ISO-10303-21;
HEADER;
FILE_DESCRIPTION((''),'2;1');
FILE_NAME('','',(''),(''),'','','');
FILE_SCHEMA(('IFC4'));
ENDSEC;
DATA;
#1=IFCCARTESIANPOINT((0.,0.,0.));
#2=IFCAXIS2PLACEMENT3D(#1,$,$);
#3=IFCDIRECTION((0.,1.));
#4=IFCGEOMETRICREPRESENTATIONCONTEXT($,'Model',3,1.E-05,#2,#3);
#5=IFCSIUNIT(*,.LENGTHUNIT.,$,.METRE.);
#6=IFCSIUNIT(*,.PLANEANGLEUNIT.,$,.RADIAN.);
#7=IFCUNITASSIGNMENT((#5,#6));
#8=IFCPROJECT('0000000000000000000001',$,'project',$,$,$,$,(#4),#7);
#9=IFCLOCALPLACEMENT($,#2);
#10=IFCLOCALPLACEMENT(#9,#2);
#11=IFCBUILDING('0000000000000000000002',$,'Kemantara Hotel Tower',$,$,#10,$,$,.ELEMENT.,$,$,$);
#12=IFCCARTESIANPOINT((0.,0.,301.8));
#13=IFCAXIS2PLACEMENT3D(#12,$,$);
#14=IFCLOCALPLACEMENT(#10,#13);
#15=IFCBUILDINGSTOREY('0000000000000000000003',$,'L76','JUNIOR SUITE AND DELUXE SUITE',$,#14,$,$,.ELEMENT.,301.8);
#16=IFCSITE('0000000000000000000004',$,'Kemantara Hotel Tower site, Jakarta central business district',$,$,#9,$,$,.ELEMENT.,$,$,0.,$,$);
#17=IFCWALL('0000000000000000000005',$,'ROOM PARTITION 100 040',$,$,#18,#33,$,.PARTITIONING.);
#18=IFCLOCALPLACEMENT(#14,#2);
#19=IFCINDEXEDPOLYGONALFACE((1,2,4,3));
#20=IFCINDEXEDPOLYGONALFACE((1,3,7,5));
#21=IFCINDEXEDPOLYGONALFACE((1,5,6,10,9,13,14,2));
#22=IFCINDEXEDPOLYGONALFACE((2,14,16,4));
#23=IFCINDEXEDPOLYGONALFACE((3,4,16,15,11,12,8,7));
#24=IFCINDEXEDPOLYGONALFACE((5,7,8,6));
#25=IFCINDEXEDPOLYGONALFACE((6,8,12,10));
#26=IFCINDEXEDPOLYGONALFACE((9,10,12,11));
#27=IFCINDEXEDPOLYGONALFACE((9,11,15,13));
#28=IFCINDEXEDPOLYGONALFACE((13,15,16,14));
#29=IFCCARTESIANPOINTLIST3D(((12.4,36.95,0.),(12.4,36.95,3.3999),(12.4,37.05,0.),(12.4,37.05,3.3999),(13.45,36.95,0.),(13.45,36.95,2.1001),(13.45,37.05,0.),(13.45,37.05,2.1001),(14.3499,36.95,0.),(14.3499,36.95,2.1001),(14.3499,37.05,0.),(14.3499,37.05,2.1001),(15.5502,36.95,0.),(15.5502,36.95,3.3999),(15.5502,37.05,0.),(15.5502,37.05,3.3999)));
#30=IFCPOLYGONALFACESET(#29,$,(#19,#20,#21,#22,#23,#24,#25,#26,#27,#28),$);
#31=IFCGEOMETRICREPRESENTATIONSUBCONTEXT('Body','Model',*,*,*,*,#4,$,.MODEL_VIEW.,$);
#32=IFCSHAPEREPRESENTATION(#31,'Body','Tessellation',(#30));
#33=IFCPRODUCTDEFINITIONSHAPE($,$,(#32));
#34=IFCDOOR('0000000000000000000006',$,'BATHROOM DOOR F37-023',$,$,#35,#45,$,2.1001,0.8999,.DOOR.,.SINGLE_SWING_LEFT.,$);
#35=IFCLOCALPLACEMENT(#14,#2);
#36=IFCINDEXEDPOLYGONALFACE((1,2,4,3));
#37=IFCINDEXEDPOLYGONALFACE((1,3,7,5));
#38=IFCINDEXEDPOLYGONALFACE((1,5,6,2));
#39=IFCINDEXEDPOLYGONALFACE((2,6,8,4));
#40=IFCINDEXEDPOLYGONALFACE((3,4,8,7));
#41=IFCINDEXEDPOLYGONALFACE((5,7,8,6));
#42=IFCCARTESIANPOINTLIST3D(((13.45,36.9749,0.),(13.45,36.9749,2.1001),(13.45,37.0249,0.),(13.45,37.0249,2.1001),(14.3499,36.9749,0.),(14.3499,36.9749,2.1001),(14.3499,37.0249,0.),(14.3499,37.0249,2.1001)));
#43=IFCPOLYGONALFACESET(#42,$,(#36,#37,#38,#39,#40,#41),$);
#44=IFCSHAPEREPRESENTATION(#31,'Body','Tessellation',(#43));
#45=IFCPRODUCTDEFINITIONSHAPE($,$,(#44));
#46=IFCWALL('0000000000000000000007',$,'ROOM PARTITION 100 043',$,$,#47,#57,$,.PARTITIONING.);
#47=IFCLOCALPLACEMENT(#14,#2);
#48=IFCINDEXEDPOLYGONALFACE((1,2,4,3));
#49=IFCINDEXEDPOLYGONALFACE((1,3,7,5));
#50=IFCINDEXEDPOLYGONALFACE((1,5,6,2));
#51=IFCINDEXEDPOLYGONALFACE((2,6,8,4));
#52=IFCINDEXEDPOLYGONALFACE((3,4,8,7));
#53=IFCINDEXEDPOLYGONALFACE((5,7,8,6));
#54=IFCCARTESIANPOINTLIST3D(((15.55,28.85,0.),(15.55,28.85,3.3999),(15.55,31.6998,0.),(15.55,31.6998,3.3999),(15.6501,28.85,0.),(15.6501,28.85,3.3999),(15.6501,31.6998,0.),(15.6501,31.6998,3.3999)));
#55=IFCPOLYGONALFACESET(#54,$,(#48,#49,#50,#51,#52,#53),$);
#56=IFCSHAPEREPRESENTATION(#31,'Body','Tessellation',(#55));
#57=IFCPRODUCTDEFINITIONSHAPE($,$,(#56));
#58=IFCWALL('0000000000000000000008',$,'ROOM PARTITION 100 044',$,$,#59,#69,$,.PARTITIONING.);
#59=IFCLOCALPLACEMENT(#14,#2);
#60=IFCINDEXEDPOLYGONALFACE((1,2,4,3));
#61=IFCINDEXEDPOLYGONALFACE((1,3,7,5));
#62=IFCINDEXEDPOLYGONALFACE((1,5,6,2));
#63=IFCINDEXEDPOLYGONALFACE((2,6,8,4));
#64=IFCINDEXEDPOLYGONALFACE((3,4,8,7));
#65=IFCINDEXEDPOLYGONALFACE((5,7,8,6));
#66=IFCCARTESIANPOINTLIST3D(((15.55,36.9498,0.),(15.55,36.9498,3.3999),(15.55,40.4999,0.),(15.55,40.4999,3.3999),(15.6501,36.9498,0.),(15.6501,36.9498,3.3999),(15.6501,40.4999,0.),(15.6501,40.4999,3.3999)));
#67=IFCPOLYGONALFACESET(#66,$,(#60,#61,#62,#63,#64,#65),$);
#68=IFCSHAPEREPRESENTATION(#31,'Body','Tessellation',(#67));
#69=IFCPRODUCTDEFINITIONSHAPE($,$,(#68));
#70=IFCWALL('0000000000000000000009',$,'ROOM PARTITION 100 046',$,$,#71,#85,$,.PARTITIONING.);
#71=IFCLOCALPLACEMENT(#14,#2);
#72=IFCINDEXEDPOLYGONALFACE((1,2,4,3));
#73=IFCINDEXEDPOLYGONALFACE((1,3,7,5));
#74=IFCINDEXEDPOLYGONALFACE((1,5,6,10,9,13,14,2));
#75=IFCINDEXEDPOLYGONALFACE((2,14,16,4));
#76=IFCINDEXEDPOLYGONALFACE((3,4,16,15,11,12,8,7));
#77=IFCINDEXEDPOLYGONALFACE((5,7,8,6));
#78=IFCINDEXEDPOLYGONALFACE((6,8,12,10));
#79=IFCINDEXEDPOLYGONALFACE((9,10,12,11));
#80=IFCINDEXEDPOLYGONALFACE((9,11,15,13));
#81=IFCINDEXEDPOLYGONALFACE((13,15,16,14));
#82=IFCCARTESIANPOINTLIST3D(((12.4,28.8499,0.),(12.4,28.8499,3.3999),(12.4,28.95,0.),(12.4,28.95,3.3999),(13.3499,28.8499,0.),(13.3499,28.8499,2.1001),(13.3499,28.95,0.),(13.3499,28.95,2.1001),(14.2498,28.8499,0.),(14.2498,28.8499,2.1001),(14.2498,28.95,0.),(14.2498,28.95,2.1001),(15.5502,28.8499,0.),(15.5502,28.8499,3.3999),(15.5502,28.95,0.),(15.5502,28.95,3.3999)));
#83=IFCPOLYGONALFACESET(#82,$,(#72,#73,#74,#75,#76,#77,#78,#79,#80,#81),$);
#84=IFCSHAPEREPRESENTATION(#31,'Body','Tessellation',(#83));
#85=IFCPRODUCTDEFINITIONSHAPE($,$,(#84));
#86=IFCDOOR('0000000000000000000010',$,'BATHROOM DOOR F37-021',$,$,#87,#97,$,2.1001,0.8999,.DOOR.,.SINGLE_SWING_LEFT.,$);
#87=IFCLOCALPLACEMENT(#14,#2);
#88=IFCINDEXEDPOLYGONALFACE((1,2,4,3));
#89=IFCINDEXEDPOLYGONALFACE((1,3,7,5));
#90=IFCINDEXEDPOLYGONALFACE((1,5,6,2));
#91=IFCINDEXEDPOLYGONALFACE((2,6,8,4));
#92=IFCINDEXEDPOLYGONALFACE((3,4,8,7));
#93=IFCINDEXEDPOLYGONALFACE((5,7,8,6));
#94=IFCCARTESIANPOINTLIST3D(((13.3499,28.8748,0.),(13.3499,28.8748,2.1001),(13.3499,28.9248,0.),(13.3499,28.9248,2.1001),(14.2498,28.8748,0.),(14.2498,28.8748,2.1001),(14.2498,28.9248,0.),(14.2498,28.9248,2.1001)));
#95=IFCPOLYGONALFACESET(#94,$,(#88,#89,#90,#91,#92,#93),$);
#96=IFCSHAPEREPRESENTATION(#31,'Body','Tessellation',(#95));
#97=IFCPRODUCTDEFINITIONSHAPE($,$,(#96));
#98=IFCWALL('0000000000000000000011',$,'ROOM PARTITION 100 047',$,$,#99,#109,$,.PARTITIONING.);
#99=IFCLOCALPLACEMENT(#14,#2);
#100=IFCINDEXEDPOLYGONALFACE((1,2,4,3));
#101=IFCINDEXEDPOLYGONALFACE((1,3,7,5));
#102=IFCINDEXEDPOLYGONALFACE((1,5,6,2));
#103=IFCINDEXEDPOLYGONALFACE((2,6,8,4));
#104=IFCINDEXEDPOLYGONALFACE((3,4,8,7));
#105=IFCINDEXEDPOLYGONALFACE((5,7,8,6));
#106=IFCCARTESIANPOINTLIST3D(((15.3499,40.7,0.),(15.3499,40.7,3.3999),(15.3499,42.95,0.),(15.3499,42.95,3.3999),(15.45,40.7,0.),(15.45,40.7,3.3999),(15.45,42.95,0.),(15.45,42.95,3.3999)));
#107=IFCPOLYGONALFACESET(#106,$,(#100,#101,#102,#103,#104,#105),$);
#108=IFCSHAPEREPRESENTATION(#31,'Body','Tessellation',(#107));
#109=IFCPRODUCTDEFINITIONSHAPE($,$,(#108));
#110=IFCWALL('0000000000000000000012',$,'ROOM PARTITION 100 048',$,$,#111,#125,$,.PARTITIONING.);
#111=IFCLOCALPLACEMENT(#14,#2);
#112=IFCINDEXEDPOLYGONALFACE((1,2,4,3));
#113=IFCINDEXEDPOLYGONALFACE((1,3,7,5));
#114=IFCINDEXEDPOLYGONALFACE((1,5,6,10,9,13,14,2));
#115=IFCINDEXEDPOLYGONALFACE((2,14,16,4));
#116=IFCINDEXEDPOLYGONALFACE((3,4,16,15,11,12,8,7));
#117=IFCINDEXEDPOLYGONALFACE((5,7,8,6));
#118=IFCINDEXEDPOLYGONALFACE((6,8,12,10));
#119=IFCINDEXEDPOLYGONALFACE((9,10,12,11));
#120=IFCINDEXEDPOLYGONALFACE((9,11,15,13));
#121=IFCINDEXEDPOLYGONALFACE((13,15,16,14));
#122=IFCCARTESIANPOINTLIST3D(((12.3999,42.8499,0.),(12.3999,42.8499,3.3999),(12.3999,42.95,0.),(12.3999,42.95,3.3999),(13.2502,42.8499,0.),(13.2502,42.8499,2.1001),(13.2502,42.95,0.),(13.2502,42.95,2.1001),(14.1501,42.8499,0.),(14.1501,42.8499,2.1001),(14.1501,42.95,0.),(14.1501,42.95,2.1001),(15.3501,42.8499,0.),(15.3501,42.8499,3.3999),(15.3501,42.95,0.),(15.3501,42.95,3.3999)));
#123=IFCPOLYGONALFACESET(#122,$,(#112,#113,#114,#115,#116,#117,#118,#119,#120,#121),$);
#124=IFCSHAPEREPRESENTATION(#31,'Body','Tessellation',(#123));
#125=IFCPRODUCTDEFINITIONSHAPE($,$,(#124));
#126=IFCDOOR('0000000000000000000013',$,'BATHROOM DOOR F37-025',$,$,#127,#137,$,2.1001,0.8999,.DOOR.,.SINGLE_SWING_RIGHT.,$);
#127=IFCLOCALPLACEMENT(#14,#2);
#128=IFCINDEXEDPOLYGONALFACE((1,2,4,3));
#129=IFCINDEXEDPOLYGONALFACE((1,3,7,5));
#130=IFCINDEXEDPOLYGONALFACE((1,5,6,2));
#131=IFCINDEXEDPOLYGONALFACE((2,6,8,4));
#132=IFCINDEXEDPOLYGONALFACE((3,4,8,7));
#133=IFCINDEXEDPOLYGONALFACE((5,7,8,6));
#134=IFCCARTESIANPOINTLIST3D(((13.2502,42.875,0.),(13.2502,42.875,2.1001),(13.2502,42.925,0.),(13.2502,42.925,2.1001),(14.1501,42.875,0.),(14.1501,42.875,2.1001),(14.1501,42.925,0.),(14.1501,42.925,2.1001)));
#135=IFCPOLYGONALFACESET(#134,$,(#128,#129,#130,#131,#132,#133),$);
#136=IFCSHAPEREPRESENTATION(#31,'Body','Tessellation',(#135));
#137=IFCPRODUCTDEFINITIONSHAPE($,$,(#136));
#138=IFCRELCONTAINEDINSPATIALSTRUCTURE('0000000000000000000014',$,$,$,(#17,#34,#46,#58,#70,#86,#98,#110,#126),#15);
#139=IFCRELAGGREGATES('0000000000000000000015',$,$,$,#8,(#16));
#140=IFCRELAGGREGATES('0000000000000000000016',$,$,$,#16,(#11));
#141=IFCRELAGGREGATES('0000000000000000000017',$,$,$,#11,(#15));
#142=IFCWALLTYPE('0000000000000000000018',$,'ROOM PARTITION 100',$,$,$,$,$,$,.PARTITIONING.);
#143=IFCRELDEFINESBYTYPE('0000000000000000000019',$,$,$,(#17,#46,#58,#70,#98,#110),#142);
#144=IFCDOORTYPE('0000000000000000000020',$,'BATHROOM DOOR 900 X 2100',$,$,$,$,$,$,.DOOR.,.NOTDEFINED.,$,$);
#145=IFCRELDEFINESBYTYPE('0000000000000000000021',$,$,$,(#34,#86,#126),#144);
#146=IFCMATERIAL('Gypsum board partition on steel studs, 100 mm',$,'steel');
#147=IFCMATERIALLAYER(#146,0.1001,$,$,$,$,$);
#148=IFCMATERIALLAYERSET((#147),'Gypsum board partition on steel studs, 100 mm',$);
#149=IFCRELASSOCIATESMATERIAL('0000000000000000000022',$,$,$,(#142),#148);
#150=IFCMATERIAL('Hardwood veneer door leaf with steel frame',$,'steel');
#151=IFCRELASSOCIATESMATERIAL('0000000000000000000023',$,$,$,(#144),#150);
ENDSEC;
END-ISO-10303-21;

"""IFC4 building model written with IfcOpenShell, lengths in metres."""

from ifc_helpers import new_model, si_unit, direction, frame, frame_2d, origin, place, context, subcontext, project, spatial, rectangle, extrude, material, layer, layer_set, type_object, element, fill, save


model = new_model("IFC4")

# Units and contexts
model_context = context("Model", 3, precision=1e-05, world=origin(), true_north=direction((0.0, 1.0)))
body_context = subcontext(model_context, "Body", "Model", "MODEL_VIEW")
ifc_project = project(units=[si_unit("LENGTHUNIT", "METRE"), si_unit("PLANEANGLEUNIT", "RADIAN")], contexts=[model_context])

# Site, building, storey
site_placement = place(None, origin())
site = spatial("IfcSite", under=ifc_project, at=site_placement, Name="Kemantara Hotel Tower site, Jakarta central business district", CompositionType="ELEMENT", RefElevation=0.0)
building_placement = place(site_placement, origin())
building = spatial("IfcBuilding", under=site, at=building_placement, Name="Kemantara Hotel Tower", CompositionType="ELEMENT")
storey_placement = place(building_placement, frame((0.0, 0.0, 301.8)))
storey = spatial("IfcBuildingStorey", under=building, at=storey_placement, Name="L76", Description="JUNIOR SUITE AND DELUXE SUITE", CompositionType="ELEMENT", Elevation=301.8)

# Shared definitions
ifc_material_1 = material(Name="Hardwood veneer door leaf with steel frame", Category="steel")

# Wall, opening, door
ifc_material_2 = material(Name="Gypsum board partition on steel studs, 100 mm", Category="steel")
ifc_layer_1 = layer(ifc_material_2, 0.1001)
ifc_layer_set_1 = layer_set([ifc_layer_1], Name="Gypsum board partition on steel studs, 100 mm")
wall_type_1 = type_object("IfcWallType", Name="ROOM PARTITION 100", PredefinedType="PARTITIONING", material=ifc_layer_set_1)
wall_1_placement = place(storey_placement, frame((12.3999, 37.0, 0.0), z_axis=(0.0, 0.0, 1.0), x_axis=(1.0, 0.0, 0.0)))
wall_1 = element("IfcWall", 1, at=wall_1_placement, inside=storey, type_object=wall_type_1, Name="ROOM PARTITION 100 040", PredefinedType="PARTITIONING", context=body_context, shape_type="SweptSolid", body=[
    extrude(rectangle(XDim=3.1501, YDim=0.1001, at=frame_2d((1.5752, 0.0))), origin(), (0.0, 0.0, 1.0), 3.3999),
])
opening_1_placement = place(wall_1_placement, frame((1.05, 0.0, 0.0)))
opening_1 = element("IfcOpeningElement", 2, at=opening_1_placement, cuts=wall_1, PredefinedType="OPENING", context=body_context, shape_type="SweptSolid", body=[
    extrude(rectangle(XDim=0.8999, YDim=2.1001, at=frame_2d((0.45, 1.05))), frame((0.0, 0.0601, 0.0), z_axis=(0.0, -1.0, 0.0), x_axis=(1.0, 0.0, 0.0)), (0.0, 0.0, 1.0), 0.1201),
])
door_type_1 = type_object("IfcDoorType", Name="BATHROOM DOOR 900 X 2100", OperationType="NOTDEFINED", PredefinedType="DOOR", material=ifc_material_1)
door_1_placement = place(opening_1_placement, origin())
door_1 = element("IfcDoor", 3, at=door_1_placement, inside=storey, type_object=door_type_1, Name="BATHROOM DOOR F37-023", OperationType="SINGLE_SWING_LEFT", OverallHeight=2.1001, OverallWidth=0.8999, PredefinedType="DOOR", context=body_context, shape_type="SweptSolid", body=[
    extrude(rectangle(XDim=0.8999, YDim=2.1001, at=frame_2d((0.45, 1.05))), frame((0.0, 0.0249, 0.0), z_axis=(0.0, -1.0, 0.0), x_axis=(1.0, 0.0, 0.0)), (0.0, 0.0, 1.0), 0.05),
])
fill(opening_1, door_1)

# Walls
wall_2_placement = place(storey_placement, frame((15.6001, 28.8501, 0.0), z_axis=(0.0, 0.0, 1.0), x_axis=(0.0, 1.0, 0.0)))
element("IfcWall", 4, at=wall_2_placement, inside=storey, type_object=wall_type_1, Name="ROOM PARTITION 100 043", PredefinedType="PARTITIONING", context=body_context, shape_type="SweptSolid", body=[
    extrude(rectangle(XDim=2.8499, YDim=0.1001, at=frame_2d((1.4248, 0.0))), origin(), (0.0, 0.0, 1.0), 3.3999),
])
wall_3_placement = place(storey_placement, frame((15.6001, 36.95, 0.0), z_axis=(0.0, 0.0, 1.0), x_axis=(0.0, 1.0, 0.0)))
element("IfcWall", 5, at=wall_3_placement, inside=storey, type_object=wall_type_1, Name="ROOM PARTITION 100 044", PredefinedType="PARTITIONING", context=body_context, shape_type="SweptSolid", body=[
    extrude(rectangle(XDim=3.55, YDim=0.1001, at=frame_2d((1.7749, 0.0))), origin(), (0.0, 0.0, 1.0), 3.3999),
])

# Wall, opening, door
wall_4_placement = place(storey_placement, frame((12.3999, 28.8999, 0.0), z_axis=(0.0, 0.0, 1.0), x_axis=(1.0, 0.0, 0.0)))
wall_4 = element("IfcWall", 6, at=wall_4_placement, inside=storey, type_object=wall_type_1, Name="ROOM PARTITION 100 046", PredefinedType="PARTITIONING", context=body_context, shape_type="SweptSolid", body=[
    extrude(rectangle(XDim=3.1501, YDim=0.1001, at=frame_2d((1.5752, 0.0))), origin(), (0.0, 0.0, 1.0), 3.3999),
])
opening_2_placement = place(wall_4_placement, frame((0.95, 0.0, 0.0)))
opening_2 = element("IfcOpeningElement", 7, at=opening_2_placement, cuts=wall_4, PredefinedType="OPENING", context=body_context, shape_type="SweptSolid", body=[
    extrude(rectangle(XDim=0.8999, YDim=2.1001, at=frame_2d((0.45, 1.05))), frame((0.0, 0.0601, 0.0), z_axis=(0.0, -1.0, 0.0), x_axis=(1.0, 0.0, 0.0)), (0.0, 0.0, 1.0), 0.1201),
])
door_2_placement = place(opening_2_placement, origin())
door_2 = element("IfcDoor", 8, at=door_2_placement, inside=storey, type_object=door_type_1, Name="BATHROOM DOOR F37-021", OperationType="SINGLE_SWING_LEFT", OverallHeight=2.1001, OverallWidth=0.8999, PredefinedType="DOOR", context=body_context, shape_type="SweptSolid", body=[
    extrude(rectangle(XDim=0.8999, YDim=2.1001, at=frame_2d((0.45, 1.05))), frame((0.0, 0.0249, 0.0), z_axis=(0.0, -1.0, 0.0), x_axis=(1.0, 0.0, 0.0)), (0.0, 0.0, 1.0), 0.05),
])
fill(opening_2, door_2)

# Wall
wall_5_placement = place(storey_placement, frame((15.3999, 40.7, 0.0), z_axis=(0.0, 0.0, 1.0), x_axis=(0.0, 1.0, 0.0)))
element("IfcWall", 9, at=wall_5_placement, inside=storey, type_object=wall_type_1, Name="ROOM PARTITION 100 047", PredefinedType="PARTITIONING", context=body_context, shape_type="SweptSolid", body=[
    extrude(rectangle(XDim=2.25, YDim=0.1001, at=frame_2d((1.125, 0.0))), origin(), (0.0, 0.0, 1.0), 3.3999),
])

# Wall, opening, door
wall_6_placement = place(storey_placement, frame((15.3501, 42.8999, 0.0), z_axis=(0.0, 0.0, 1.0), x_axis=(-1.0, 0.0, 0.0)))
wall_6 = element("IfcWall", 10, at=wall_6_placement, inside=storey, type_object=wall_type_1, Name="ROOM PARTITION 100 048", PredefinedType="PARTITIONING", context=body_context, shape_type="SweptSolid", body=[
    extrude(rectangle(XDim=2.9502, YDim=0.1001, at=frame_2d((1.4751, 0.0))), origin(), (0.0, 0.0, 1.0), 3.3999),
])
opening_3_placement = place(wall_6_placement, frame((1.2, 0.0, 0.0)))
opening_3 = element("IfcOpeningElement", 11, at=opening_3_placement, cuts=wall_6, PredefinedType="OPENING", context=body_context, shape_type="SweptSolid", body=[
    extrude(rectangle(XDim=0.8999, YDim=2.1001, at=frame_2d((0.45, 1.05))), frame((0.0, 0.0601, 0.0), z_axis=(0.0, -1.0, 0.0), x_axis=(1.0, 0.0, 0.0)), (0.0, 0.0, 1.0), 0.1201),
])
door_3_placement = place(opening_3_placement, origin())
door_3 = element("IfcDoor", 12, at=door_3_placement, inside=storey, type_object=door_type_1, Name="BATHROOM DOOR F37-025", OperationType="SINGLE_SWING_RIGHT", OverallHeight=2.1001, OverallWidth=0.8999, PredefinedType="DOOR", context=body_context, shape_type="SweptSolid", body=[
    extrude(rectangle(XDim=0.8999, YDim=2.1001, at=frame_2d((0.45, 1.05))), frame((0.0, 0.0249, 0.0), z_axis=(0.0, -1.0, 0.0), x_axis=(1.0, 0.0, 0.0)), (0.0, 0.0, 1.0), 0.05),
])
fill(opening_3, door_3)

save(model, "model.ifc")
